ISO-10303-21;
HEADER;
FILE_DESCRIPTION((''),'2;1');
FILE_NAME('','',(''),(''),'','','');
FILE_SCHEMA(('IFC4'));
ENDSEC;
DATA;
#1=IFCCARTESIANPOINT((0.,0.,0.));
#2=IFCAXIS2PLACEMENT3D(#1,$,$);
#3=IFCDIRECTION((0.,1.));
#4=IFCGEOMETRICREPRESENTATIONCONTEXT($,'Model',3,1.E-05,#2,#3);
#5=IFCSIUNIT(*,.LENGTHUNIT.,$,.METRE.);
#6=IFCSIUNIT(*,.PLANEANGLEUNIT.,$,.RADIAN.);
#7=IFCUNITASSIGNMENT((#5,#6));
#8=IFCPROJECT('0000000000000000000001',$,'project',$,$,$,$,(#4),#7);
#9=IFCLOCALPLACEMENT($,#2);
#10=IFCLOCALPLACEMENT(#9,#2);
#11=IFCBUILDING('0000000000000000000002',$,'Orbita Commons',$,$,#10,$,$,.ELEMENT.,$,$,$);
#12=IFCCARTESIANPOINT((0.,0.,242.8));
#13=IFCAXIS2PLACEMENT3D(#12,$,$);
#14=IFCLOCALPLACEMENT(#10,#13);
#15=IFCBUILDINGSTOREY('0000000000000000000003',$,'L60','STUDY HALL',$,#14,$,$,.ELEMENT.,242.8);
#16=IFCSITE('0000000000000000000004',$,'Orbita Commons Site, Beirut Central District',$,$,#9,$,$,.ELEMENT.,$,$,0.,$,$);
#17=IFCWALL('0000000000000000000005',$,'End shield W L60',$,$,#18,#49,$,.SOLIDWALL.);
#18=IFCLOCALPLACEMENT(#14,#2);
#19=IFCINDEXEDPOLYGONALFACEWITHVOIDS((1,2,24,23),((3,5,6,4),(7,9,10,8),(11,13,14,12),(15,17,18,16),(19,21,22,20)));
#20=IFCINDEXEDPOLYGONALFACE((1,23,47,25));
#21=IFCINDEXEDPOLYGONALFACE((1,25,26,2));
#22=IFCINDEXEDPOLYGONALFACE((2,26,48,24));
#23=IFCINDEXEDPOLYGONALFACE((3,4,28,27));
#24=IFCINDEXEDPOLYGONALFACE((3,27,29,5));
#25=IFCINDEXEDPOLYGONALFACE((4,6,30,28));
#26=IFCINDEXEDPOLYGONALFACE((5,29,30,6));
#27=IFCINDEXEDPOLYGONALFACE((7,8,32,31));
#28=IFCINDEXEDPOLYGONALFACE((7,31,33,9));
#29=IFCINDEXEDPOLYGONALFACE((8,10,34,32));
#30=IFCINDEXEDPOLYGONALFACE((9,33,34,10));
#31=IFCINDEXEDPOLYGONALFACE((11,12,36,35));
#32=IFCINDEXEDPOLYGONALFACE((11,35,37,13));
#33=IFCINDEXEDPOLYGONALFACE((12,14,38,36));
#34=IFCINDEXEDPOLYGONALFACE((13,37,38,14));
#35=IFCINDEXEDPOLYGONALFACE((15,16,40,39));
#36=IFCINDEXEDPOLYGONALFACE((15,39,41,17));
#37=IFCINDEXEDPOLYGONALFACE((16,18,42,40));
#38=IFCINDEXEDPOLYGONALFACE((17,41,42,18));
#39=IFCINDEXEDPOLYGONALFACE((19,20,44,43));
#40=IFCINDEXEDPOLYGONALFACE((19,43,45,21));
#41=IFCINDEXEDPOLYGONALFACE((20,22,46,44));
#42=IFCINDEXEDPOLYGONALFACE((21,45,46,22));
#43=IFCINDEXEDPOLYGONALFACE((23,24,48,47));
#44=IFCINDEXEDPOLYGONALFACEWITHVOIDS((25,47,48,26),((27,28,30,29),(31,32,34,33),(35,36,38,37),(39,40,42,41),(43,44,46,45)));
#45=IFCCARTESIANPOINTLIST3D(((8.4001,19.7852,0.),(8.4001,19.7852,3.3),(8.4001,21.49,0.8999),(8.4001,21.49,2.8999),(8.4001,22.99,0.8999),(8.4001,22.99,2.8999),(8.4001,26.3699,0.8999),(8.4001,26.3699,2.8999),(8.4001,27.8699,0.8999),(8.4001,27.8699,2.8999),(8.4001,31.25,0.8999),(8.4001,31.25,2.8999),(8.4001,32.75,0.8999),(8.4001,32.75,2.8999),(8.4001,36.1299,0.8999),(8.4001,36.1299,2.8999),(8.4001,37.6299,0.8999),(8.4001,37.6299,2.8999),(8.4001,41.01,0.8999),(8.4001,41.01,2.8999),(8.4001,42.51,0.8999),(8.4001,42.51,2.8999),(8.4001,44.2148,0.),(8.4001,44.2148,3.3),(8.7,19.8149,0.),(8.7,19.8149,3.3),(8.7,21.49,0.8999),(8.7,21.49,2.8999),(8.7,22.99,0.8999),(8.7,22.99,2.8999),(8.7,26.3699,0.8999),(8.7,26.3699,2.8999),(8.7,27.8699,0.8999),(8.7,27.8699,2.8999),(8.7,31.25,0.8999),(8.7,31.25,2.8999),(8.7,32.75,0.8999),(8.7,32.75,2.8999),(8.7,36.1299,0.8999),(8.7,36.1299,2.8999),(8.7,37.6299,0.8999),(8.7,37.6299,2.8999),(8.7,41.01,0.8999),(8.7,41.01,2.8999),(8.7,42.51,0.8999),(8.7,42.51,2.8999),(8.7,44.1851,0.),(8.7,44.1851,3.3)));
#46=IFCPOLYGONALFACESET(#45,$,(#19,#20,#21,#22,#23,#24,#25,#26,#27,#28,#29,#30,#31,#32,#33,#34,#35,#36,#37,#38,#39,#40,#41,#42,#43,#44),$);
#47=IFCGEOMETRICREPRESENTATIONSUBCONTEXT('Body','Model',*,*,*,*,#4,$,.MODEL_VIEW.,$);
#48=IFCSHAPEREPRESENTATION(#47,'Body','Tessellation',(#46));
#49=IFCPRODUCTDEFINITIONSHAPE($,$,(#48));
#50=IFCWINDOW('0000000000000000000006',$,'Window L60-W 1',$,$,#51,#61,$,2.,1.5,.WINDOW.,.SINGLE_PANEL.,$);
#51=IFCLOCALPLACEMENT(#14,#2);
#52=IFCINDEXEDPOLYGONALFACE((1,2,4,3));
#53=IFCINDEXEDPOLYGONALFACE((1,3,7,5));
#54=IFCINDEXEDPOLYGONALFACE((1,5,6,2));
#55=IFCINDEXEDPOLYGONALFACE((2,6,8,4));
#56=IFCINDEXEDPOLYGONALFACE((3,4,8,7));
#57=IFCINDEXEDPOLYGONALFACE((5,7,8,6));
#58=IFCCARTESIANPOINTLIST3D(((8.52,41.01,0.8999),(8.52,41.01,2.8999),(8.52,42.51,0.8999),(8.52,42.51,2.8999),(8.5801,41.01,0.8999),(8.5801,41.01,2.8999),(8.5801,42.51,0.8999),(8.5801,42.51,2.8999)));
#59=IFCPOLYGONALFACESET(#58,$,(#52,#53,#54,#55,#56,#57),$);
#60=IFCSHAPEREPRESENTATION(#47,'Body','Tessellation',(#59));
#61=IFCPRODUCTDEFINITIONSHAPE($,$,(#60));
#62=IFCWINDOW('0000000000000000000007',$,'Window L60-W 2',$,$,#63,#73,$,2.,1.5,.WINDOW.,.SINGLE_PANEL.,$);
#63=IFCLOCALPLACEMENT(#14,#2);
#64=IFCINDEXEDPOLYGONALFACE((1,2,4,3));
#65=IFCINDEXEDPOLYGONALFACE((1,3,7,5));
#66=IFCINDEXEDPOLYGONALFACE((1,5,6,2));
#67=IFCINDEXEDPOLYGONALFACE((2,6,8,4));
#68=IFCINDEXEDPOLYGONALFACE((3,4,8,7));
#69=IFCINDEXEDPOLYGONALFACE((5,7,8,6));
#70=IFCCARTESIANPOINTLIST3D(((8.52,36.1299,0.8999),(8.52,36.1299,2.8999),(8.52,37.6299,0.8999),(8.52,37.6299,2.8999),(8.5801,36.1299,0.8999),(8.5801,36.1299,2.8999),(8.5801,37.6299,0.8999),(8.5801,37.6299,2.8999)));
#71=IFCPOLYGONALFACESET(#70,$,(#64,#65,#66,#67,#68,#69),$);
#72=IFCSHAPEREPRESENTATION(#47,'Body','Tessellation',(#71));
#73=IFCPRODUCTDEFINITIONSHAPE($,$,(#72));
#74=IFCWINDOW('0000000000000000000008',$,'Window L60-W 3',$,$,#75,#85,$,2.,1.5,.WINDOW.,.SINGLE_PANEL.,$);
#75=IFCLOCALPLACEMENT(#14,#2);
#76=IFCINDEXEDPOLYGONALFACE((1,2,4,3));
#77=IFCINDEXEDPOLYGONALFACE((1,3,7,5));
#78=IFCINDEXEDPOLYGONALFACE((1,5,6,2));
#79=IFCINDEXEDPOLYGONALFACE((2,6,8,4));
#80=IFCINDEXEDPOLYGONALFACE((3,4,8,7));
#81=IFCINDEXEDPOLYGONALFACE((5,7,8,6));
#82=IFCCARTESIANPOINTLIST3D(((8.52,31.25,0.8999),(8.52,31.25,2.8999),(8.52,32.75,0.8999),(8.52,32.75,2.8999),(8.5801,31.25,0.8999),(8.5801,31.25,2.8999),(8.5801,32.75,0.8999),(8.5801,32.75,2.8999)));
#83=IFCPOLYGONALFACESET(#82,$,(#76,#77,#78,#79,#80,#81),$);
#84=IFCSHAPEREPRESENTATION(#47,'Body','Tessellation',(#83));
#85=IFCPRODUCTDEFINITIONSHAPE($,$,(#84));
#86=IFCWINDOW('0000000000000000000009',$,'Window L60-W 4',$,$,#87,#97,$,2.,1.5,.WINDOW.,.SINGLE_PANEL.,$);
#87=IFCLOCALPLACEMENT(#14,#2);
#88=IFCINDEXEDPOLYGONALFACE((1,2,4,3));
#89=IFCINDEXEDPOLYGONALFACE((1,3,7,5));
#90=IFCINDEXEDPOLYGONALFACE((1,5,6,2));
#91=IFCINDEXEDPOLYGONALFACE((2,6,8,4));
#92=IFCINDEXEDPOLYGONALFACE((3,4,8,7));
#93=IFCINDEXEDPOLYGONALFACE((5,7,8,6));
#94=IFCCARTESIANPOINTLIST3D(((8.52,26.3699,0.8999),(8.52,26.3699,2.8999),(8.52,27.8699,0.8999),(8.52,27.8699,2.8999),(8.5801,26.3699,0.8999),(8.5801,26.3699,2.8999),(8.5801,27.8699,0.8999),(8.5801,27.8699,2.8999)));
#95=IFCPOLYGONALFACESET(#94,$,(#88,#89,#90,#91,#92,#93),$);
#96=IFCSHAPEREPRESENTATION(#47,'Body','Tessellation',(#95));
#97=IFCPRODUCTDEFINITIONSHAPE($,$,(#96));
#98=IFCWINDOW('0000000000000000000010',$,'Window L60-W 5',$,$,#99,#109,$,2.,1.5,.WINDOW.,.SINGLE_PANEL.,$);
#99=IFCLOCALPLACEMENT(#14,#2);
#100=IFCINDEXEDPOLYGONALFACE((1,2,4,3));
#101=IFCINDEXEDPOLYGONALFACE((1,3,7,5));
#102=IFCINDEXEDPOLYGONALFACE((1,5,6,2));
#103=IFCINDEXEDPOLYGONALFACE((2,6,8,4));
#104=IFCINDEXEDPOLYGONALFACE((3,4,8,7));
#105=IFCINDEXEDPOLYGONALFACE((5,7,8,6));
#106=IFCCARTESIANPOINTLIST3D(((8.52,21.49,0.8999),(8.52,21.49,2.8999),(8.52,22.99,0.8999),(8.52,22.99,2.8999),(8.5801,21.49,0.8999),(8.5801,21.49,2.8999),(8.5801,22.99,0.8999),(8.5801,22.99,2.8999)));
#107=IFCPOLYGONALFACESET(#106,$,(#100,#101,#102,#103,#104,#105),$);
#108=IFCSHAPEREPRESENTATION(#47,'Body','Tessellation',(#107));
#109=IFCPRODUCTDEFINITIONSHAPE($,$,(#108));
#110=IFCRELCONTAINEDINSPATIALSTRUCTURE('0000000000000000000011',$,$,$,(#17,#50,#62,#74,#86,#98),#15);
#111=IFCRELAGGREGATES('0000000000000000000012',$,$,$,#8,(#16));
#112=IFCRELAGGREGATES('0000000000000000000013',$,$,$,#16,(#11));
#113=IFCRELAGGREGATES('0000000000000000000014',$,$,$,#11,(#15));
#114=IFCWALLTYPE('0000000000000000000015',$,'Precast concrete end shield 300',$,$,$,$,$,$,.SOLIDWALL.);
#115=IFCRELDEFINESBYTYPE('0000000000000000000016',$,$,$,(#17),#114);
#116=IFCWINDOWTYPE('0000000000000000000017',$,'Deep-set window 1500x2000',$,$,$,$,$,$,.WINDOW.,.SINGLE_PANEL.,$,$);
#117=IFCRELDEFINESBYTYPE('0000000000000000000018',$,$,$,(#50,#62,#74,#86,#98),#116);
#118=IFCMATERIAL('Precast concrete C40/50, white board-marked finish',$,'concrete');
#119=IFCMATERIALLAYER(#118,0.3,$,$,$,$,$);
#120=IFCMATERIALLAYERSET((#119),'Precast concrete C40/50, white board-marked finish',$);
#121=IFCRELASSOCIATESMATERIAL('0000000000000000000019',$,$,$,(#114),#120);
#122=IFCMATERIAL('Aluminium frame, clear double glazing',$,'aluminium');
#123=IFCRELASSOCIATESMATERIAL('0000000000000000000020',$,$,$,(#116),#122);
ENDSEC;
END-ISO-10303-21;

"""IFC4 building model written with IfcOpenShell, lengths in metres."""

from ifc_helpers import new_model, si_unit, direction, frame, frame_2d, origin, place, context, subcontext, project, spatial, polyline, rectangle, outline, extrude, material, layer, layer_set, type_object, element, fill, save


model = new_model("IFC4")

# Units and contexts
model_context = context("Model", 3, precision=1e-05, world=origin(), true_north=direction((0.0, 1.0)))
body_context = subcontext(model_context, "Body", "Model", "MODEL_VIEW")
ifc_project = project(units=[si_unit("LENGTHUNIT", "METRE"), si_unit("PLANEANGLEUNIT", "RADIAN")], contexts=[model_context])

# Site, building, storey
site_placement = place(None, origin())
site = spatial("IfcSite", under=ifc_project, at=site_placement, Name="Orbita Commons Site, Beirut Central District", CompositionType="ELEMENT", RefElevation=0.0)
building_placement = place(site_placement, origin())
building = spatial("IfcBuilding", under=site, at=building_placement, Name="Orbita Commons", CompositionType="ELEMENT")
storey_placement = place(building_placement, frame((0.0, 0.0, 242.8)))
storey = spatial("IfcBuildingStorey", under=building, at=storey_placement, Name="L60", Description="STUDY HALL", CompositionType="ELEMENT", Elevation=242.8)

# Wall, openings, windows
ifc_material_1 = material(Name="Precast concrete C40/50, white board-marked finish", Category="concrete")
ifc_layer_1 = layer(ifc_material_1, 0.3)
ifc_layer_set_1 = layer_set([ifc_layer_1], Name="Precast concrete C40/50, white board-marked finish")
wall_type_1 = type_object("IfcWallType", Name="Precast concrete end shield 300", PredefinedType="SOLIDWALL", material=ifc_layer_set_1)
wall_1_placement = place(storey_placement, frame((8.55, 44.2, 0.0), z_axis=(0.0, 0.0, 1.0), x_axis=(0.0, -1.0, 0.0)))
wall_1 = element("IfcWall", 1, at=wall_1_placement, inside=storey, type_object=wall_type_1, Name="End shield W L60", PredefinedType="SOLIDWALL", context=body_context, shape_type="SweptSolid", body=[
    extrude(outline(polyline([(-0.0149, -0.1499), (24.4148, -0.1499), (24.385, 0.1499), (0.0149, 0.1499), (-0.0149, -0.1499)])), origin(), (0.0, 0.0, 1.0), 3.3),
])
opening_1_placement = place(wall_1_placement, frame((1.6899, 0.0, 0.8999)))
opening_1 = element("IfcOpeningElement", 2, at=opening_1_placement, cuts=wall_1, PredefinedType="OPENING", context=body_context, shape_type="SweptSolid", body=[
    extrude(rectangle(XDim=1.5, YDim=2.0, at=frame_2d((0.75, 1.0))), frame((0.0, 0.1599, 0.0), z_axis=(0.0, -1.0, 0.0), x_axis=(1.0, 0.0, 0.0)), (0.0, 0.0, 1.0), 0.3201),
])
opening_2_placement = place(wall_1_placement, frame((6.5701, 0.0, 0.8999)))
opening_2 = element("IfcOpeningElement", 3, at=opening_2_placement, cuts=wall_1, PredefinedType="OPENING", context=body_context, shape_type="SweptSolid", body=[
    extrude(rectangle(XDim=1.5, YDim=2.0, at=frame_2d((0.75, 1.0))), frame((0.0, 0.1599, 0.0), z_axis=(0.0, -1.0, 0.0), x_axis=(1.0, 0.0, 0.0)), (0.0, 0.0, 1.0), 0.3201),
])
opening_3_placement = place(wall_1_placement, frame((11.45, 0.0, 0.8999)))
opening_3 = element("IfcOpeningElement", 4, at=opening_3_placement, cuts=wall_1, PredefinedType="OPENING", context=body_context, shape_type="SweptSolid", body=[
    extrude(rectangle(XDim=1.5, YDim=2.0, at=frame_2d((0.75, 1.0))), frame((0.0, 0.1599, 0.0), z_axis=(0.0, -1.0, 0.0), x_axis=(1.0, 0.0, 0.0)), (0.0, 0.0, 1.0), 0.3201),
])
opening_4_placement = place(wall_1_placement, frame((16.3301, 0.0, 0.8999)))
opening_4 = element("IfcOpeningElement", 5, at=opening_4_placement, cuts=wall_1, PredefinedType="OPENING", context=body_context, shape_type="SweptSolid", body=[
    extrude(rectangle(XDim=1.5, YDim=2.0, at=frame_2d((0.75, 1.0))), frame((0.0, 0.1599, 0.0), z_axis=(0.0, -1.0, 0.0), x_axis=(1.0, 0.0, 0.0)), (0.0, 0.0, 1.0), 0.3201),
])
opening_5_placement = place(wall_1_placement, frame((21.21, 0.0, 0.8999)))
opening_5 = element("IfcOpeningElement", 6, at=opening_5_placement, cuts=wall_1, PredefinedType="OPENING", context=body_context, shape_type="SweptSolid", body=[
    extrude(rectangle(XDim=1.5, YDim=2.0, at=frame_2d((0.75, 1.0))), frame((0.0, 0.1599, 0.0), z_axis=(0.0, -1.0, 0.0), x_axis=(1.0, 0.0, 0.0)), (0.0, 0.0, 1.0), 0.3201),
])
ifc_material_2 = material(Name="Aluminium frame, clear double glazing", Category="aluminium")
window_type = type_object("IfcWindowType", Name="Deep-set window 1500x2000", PartitioningType="SINGLE_PANEL", PredefinedType="WINDOW", material=ifc_material_2)
window_1_placement = place(opening_1_placement, origin())
window_1 = element("IfcWindow", 7, at=window_1_placement, inside=storey, type_object=window_type, Name="Window L60-W 1", OverallHeight=2.0, OverallWidth=1.5, PartitioningType="SINGLE_PANEL", PredefinedType="WINDOW", context=body_context, shape_type="SweptSolid", body=[
    extrude(rectangle(XDim=1.5, YDim=2.0, at=frame_2d((0.75, 1.0))), frame((0.0, 0.03, 0.0), z_axis=(0.0, -1.0, 0.0), x_axis=(1.0, 0.0, 0.0)), (0.0, 0.0, 1.0), 0.0601),
])
fill(opening_1, window_1)
window_2_placement = place(opening_2_placement, origin())
window_2 = element("IfcWindow", 8, at=window_2_placement, inside=storey, type_object=window_type, Name="Window L60-W 2", OverallHeight=2.0, OverallWidth=1.5, PartitioningType="SINGLE_PANEL", PredefinedType="WINDOW", context=body_context, shape_type="SweptSolid", body=[
    extrude(rectangle(XDim=1.5, YDim=2.0, at=frame_2d((0.75, 1.0))), frame((0.0, 0.03, 0.0), z_axis=(0.0, -1.0, 0.0), x_axis=(1.0, 0.0, 0.0)), (0.0, 0.0, 1.0), 0.0601),
])
fill(opening_2, window_2)
window_3_placement = place(opening_3_placement, origin())
window_3 = element("IfcWindow", 9, at=window_3_placement, inside=storey, type_object=window_type, Name="Window L60-W 3", OverallHeight=2.0, OverallWidth=1.5, PartitioningType="SINGLE_PANEL", PredefinedType="WINDOW", context=body_context, shape_type="SweptSolid", body=[
    extrude(rectangle(XDim=1.5, YDim=2.0, at=frame_2d((0.75, 1.0))), frame((0.0, 0.03, 0.0), z_axis=(0.0, -1.0, 0.0), x_axis=(1.0, 0.0, 0.0)), (0.0, 0.0, 1.0), 0.0601),
])
fill(opening_3, window_3)
window_4_placement = place(opening_4_placement, origin())
window_4 = element("IfcWindow", 10, at=window_4_placement, inside=storey, type_object=window_type, Name="Window L60-W 4", OverallHeight=2.0, OverallWidth=1.5, PartitioningType="SINGLE_PANEL", PredefinedType="WINDOW", context=body_context, shape_type="SweptSolid", body=[
    extrude(rectangle(XDim=1.5, YDim=2.0, at=frame_2d((0.75, 1.0))), frame((0.0, 0.03, 0.0), z_axis=(0.0, -1.0, 0.0), x_axis=(1.0, 0.0, 0.0)), (0.0, 0.0, 1.0), 0.0601),
])
fill(opening_4, window_4)
window_5_placement = place(opening_5_placement, origin())
window_5 = element("IfcWindow", 11, at=window_5_placement, inside=storey, type_object=window_type, Name="Window L60-W 5", OverallHeight=2.0, OverallWidth=1.5, PartitioningType="SINGLE_PANEL", PredefinedType="WINDOW", context=body_context, shape_type="SweptSolid", body=[
    extrude(rectangle(XDim=1.5, YDim=2.0, at=frame_2d((0.75, 1.0))), frame((0.0, 0.03, 0.0), z_axis=(0.0, -1.0, 0.0), x_axis=(1.0, 0.0, 0.0)), (0.0, 0.0, 1.0), 0.0601),
])
fill(opening_5, window_5)

save(model, "model.ifc")
